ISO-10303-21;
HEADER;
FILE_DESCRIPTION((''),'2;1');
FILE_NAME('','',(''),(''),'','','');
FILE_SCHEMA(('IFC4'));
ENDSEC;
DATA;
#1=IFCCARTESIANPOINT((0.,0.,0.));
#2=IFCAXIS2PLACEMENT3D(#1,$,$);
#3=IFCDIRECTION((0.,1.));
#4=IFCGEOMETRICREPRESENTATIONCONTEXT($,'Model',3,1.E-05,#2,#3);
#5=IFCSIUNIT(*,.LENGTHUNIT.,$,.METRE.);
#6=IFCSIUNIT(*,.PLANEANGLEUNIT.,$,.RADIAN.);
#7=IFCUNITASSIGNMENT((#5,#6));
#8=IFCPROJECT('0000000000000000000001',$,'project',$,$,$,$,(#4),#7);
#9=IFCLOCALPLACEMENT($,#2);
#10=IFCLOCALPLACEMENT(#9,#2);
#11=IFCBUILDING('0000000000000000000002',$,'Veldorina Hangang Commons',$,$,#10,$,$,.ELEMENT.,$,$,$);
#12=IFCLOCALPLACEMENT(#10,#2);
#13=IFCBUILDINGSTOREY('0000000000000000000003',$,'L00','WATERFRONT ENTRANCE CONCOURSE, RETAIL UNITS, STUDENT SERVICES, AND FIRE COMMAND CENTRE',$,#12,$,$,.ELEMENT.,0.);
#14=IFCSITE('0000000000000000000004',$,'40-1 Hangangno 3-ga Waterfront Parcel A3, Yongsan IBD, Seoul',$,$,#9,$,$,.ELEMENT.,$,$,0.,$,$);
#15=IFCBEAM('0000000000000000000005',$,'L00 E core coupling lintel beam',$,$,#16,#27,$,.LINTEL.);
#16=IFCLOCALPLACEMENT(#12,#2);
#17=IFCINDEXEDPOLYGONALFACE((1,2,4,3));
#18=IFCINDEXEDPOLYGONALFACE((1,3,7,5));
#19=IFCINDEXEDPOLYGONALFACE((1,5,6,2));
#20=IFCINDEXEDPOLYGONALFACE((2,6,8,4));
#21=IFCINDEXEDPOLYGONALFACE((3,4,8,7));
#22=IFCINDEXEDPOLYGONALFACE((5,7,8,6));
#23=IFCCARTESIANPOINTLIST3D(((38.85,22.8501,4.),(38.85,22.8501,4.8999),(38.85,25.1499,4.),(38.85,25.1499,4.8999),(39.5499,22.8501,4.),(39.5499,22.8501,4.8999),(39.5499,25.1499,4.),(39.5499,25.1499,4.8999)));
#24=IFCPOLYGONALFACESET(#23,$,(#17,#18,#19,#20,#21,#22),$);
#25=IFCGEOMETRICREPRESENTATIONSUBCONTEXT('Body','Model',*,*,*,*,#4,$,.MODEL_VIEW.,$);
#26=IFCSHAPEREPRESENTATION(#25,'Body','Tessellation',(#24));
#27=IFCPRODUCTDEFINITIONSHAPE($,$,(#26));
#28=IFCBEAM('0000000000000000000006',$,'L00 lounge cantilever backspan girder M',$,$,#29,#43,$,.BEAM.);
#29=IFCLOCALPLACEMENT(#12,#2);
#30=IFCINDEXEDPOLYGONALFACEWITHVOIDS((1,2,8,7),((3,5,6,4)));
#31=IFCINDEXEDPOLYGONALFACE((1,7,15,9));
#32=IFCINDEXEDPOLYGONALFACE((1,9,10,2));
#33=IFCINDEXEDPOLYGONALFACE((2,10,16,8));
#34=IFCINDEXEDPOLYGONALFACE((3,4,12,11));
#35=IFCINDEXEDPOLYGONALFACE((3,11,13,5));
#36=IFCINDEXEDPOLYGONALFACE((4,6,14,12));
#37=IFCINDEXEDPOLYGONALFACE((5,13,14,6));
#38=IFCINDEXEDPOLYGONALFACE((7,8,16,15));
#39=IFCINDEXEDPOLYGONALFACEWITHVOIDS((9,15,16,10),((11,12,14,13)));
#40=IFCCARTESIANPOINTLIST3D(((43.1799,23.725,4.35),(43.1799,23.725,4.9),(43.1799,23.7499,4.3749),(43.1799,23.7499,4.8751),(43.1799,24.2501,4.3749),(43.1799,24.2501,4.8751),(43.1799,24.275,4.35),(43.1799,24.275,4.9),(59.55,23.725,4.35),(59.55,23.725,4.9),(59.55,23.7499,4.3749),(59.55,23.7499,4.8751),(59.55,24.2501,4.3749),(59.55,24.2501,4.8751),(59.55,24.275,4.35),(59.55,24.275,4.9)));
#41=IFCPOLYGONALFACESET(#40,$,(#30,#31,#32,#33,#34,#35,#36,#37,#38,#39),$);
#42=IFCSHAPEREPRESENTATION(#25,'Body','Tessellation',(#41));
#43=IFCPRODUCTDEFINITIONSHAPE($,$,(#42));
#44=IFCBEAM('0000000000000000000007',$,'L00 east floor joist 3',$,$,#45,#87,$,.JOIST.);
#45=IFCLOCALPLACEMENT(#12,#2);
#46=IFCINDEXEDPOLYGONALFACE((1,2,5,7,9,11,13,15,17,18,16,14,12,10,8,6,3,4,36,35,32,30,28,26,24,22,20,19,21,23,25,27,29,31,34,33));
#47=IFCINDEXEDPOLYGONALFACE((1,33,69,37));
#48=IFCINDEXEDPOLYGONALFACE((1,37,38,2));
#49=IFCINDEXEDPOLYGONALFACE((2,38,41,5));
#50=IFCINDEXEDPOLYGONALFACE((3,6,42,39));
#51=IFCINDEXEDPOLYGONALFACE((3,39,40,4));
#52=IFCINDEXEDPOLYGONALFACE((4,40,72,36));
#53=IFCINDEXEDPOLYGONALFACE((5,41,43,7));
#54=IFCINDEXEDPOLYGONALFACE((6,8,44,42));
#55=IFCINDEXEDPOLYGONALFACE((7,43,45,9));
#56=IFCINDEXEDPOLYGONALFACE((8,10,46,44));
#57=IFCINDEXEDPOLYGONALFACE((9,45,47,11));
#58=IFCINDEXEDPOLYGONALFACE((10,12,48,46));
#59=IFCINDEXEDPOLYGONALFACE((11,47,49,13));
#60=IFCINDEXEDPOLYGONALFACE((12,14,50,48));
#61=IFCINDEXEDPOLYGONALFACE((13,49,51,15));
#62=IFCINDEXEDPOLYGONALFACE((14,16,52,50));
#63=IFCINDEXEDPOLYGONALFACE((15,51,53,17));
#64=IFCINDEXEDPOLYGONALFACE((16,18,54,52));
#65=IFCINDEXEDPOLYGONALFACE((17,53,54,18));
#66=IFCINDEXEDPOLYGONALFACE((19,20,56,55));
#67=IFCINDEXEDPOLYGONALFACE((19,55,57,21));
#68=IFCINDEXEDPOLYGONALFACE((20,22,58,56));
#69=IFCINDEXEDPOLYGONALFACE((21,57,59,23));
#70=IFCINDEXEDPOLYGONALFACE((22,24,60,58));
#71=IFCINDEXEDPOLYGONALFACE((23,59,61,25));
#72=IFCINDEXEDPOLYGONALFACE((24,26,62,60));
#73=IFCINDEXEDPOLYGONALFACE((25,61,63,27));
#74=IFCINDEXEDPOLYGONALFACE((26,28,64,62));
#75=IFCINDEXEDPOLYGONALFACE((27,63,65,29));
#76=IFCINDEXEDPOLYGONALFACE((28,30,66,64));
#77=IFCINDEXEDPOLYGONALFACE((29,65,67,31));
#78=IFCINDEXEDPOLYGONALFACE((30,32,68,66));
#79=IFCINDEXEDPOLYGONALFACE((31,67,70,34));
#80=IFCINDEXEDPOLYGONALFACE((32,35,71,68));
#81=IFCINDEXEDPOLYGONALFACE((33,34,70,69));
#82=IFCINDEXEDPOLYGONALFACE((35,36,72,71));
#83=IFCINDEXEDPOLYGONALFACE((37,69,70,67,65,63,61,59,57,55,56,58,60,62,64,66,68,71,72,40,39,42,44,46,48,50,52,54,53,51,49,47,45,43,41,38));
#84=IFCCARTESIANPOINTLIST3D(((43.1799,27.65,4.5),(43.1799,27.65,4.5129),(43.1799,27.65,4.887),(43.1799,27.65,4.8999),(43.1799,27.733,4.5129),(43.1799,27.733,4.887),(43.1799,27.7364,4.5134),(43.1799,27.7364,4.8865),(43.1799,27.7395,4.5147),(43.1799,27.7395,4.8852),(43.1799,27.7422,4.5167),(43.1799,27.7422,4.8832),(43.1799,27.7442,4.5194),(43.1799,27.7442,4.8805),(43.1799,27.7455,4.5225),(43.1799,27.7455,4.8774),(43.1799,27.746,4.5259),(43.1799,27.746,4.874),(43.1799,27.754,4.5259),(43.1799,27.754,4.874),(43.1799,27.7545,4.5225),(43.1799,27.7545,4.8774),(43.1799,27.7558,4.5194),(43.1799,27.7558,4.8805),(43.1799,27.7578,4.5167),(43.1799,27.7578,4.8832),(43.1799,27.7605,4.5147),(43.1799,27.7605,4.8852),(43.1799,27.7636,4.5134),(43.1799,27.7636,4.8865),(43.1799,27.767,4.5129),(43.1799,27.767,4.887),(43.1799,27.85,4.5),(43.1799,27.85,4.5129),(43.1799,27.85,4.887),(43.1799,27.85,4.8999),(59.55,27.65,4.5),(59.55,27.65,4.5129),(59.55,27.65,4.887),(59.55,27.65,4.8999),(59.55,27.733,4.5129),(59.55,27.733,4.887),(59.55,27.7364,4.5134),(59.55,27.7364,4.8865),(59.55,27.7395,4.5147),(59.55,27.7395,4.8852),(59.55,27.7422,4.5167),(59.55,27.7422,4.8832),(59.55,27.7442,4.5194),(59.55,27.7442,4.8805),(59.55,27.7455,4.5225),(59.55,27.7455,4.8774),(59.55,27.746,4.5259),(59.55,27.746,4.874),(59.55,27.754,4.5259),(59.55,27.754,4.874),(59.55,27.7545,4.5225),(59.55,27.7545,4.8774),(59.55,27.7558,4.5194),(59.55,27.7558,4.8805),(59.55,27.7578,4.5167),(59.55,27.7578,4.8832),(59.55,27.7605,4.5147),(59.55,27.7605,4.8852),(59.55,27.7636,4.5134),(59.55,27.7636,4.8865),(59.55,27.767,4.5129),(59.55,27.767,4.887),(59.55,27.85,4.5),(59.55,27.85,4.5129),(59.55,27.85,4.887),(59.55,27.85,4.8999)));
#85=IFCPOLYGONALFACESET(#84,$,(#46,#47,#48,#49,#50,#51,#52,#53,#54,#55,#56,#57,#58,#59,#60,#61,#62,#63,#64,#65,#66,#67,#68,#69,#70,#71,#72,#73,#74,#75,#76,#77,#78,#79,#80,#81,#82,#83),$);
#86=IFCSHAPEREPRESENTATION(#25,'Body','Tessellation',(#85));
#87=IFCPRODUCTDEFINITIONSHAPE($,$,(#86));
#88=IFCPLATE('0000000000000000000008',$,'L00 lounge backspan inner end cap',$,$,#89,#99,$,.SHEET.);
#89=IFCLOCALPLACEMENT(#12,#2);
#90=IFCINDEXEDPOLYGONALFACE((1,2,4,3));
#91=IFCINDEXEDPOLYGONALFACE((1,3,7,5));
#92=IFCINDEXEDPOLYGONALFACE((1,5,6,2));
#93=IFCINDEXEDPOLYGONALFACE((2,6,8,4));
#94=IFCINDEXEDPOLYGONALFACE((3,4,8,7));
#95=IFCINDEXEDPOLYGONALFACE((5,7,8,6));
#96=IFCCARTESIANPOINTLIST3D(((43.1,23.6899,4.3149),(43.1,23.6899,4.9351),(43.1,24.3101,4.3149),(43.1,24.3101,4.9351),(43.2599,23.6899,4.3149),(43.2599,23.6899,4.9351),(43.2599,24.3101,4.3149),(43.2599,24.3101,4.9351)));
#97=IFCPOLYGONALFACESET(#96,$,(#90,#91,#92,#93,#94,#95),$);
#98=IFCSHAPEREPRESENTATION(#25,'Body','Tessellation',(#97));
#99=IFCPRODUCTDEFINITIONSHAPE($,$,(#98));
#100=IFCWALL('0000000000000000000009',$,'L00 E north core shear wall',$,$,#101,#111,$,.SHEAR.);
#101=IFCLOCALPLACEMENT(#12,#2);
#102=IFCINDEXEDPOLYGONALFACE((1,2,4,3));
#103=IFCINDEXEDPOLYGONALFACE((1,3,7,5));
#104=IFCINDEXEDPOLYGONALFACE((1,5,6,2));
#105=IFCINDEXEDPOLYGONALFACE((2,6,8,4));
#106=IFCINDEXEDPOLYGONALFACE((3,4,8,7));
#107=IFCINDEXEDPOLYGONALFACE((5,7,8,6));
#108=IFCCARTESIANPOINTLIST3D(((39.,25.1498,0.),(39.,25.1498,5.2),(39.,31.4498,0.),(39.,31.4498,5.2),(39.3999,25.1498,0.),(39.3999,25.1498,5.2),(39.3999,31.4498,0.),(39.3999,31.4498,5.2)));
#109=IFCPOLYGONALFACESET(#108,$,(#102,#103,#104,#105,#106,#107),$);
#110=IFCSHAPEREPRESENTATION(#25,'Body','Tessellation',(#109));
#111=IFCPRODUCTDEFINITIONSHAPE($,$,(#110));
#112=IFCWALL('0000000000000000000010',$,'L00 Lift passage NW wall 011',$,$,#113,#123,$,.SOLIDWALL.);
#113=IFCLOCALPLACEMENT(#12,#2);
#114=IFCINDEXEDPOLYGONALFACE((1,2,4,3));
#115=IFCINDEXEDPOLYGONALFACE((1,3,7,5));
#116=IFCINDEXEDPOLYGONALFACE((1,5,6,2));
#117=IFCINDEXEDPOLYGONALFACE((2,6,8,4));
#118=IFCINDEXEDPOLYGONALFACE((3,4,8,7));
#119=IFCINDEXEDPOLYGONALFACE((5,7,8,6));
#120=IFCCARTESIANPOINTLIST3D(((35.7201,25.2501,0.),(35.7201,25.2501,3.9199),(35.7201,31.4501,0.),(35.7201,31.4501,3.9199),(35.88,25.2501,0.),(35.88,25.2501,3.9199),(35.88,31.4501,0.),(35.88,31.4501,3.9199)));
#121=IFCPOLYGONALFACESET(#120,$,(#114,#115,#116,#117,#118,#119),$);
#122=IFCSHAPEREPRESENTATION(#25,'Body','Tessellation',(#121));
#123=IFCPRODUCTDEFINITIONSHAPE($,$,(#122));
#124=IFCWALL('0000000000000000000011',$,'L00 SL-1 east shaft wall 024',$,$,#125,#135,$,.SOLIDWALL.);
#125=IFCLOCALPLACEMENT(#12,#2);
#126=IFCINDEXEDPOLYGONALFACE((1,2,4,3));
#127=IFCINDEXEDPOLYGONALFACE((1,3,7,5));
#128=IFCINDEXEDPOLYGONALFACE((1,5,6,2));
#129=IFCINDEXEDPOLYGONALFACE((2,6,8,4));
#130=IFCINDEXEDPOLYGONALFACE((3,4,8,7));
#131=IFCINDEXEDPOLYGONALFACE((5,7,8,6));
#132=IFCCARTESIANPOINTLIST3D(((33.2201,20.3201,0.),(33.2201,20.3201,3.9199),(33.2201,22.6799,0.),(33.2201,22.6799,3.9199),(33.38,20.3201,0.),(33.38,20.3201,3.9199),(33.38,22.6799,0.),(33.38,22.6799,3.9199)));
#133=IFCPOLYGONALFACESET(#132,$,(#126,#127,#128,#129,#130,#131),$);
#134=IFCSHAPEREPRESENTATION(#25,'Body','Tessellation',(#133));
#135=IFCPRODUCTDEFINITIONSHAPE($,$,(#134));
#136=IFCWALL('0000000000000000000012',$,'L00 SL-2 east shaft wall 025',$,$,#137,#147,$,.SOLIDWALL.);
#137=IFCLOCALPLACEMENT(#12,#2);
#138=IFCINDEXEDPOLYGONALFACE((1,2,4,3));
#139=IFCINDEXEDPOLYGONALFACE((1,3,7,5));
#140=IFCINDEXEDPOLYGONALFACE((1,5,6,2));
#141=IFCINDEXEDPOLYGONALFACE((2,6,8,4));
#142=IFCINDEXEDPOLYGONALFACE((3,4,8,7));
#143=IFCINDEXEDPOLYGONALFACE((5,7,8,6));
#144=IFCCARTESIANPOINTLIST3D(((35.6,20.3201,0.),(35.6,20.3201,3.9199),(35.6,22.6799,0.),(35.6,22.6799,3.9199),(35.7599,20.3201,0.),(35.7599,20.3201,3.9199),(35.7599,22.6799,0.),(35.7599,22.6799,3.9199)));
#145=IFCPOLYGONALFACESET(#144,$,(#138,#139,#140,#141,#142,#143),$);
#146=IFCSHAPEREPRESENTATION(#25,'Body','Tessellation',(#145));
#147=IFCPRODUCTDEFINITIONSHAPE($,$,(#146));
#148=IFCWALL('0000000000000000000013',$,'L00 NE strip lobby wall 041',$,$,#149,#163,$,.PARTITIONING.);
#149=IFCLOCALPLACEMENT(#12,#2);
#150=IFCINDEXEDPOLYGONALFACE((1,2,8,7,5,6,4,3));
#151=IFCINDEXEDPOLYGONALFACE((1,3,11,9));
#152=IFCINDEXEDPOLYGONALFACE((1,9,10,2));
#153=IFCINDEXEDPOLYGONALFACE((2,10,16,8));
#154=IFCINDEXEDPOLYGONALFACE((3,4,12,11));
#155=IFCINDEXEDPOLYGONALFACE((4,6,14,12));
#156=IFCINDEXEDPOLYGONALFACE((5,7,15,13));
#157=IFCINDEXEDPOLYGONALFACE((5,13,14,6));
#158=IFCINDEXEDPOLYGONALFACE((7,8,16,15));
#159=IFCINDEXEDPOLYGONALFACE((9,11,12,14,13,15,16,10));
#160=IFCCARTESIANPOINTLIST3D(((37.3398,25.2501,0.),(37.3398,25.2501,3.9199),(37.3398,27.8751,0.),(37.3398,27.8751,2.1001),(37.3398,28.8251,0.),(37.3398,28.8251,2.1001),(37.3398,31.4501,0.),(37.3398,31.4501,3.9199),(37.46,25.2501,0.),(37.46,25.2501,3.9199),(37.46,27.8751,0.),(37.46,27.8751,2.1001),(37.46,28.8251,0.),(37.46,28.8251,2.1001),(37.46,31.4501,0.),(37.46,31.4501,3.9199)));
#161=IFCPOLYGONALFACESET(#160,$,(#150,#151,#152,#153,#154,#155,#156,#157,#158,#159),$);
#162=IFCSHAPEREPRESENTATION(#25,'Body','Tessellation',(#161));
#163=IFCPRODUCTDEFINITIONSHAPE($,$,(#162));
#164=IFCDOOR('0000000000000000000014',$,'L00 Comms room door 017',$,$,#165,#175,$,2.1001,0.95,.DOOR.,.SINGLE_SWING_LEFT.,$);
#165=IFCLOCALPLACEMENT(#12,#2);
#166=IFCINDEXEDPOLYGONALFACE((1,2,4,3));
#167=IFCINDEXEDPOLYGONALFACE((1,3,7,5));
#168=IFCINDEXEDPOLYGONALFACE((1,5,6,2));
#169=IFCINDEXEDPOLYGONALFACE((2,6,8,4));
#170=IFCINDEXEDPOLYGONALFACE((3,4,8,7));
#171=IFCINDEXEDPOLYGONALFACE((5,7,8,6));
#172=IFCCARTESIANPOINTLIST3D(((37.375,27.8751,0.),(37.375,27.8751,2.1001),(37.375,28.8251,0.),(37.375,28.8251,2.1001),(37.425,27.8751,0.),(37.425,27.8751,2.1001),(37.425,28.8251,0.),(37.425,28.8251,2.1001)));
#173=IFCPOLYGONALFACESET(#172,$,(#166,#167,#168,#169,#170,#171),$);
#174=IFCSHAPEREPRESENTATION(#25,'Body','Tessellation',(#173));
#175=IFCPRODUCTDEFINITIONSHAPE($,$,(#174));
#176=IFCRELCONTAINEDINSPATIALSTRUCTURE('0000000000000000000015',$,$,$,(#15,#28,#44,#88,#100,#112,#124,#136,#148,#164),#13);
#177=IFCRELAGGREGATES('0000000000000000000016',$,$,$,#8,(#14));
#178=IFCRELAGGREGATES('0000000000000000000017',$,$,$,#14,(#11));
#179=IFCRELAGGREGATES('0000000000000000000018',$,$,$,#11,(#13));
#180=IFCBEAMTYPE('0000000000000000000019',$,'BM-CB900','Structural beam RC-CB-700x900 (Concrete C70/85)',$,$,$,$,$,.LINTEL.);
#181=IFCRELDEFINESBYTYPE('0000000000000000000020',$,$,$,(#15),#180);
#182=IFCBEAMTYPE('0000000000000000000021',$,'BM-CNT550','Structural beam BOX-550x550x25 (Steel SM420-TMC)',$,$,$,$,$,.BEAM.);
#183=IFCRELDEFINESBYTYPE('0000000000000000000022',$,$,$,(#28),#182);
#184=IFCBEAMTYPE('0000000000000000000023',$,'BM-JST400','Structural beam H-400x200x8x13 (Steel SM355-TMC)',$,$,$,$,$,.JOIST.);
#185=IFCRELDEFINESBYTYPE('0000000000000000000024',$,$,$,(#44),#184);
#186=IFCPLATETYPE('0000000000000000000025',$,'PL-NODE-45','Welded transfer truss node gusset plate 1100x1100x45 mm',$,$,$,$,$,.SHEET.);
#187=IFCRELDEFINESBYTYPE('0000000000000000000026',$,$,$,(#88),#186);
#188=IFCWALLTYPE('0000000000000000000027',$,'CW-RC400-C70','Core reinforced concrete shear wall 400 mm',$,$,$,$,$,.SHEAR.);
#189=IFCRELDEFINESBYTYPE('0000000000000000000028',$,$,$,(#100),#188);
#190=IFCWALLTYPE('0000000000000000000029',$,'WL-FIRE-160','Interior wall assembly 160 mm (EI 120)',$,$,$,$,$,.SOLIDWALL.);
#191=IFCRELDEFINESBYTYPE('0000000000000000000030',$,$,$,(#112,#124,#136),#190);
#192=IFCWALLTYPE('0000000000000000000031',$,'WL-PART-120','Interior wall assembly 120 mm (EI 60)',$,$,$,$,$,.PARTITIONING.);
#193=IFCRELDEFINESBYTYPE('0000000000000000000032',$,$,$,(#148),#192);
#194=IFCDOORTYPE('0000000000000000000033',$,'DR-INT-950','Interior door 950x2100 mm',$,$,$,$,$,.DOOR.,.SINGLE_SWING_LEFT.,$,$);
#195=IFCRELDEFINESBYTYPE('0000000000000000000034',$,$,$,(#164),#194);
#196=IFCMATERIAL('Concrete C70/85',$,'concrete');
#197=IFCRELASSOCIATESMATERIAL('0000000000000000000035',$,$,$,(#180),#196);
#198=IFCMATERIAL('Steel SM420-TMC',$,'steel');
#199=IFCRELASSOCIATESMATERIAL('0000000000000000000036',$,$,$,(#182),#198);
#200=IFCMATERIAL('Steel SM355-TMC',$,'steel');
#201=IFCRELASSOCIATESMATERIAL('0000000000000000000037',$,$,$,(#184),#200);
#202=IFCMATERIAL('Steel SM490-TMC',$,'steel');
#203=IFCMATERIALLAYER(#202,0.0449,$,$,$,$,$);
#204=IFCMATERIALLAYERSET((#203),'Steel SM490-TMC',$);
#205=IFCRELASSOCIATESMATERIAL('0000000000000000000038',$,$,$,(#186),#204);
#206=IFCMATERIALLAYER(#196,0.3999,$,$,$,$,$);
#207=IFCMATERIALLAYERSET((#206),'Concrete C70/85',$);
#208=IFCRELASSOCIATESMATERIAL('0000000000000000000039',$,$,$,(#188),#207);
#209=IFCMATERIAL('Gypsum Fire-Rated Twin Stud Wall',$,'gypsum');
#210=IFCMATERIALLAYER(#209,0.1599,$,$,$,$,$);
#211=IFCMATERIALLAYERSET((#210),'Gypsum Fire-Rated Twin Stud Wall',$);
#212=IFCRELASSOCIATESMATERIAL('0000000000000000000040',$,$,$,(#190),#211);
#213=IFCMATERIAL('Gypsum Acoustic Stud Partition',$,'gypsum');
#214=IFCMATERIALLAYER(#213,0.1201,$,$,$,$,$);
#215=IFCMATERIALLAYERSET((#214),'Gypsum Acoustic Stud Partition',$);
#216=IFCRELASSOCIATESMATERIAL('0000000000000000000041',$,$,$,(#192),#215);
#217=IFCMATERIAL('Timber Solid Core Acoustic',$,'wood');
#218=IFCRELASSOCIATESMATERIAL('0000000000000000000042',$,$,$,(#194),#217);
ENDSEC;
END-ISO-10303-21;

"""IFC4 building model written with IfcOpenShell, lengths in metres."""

from ifc_helpers import new_model, si_unit, direction, frame, frame_2d, origin, origin_2d, place, context, subcontext, project, spatial, rectangle, hollow_rectangle, i_section, extrude, material, layer, layer_set, material_profile, profile_set, type_object, element, fill, save


model = new_model("IFC4")

# Units and contexts
model_context = context("Model", 3, precision=1e-05, world=origin(), true_north=direction((0.0, 1.0)))
body_context = subcontext(model_context, "Body", "Model", "MODEL_VIEW")
ifc_project = project(units=[si_unit("LENGTHUNIT", "METRE"), si_unit("PLANEANGLEUNIT", "RADIAN")], contexts=[model_context])

# Site, building, storey
site_placement = place(None, origin())
site = spatial("IfcSite", under=ifc_project, at=site_placement, Name="40-1 Hangangno 3-ga Waterfront Parcel A3, Yongsan IBD, Seoul", CompositionType="ELEMENT", RefElevation=0.0)
building_placement = place(site_placement, origin())
building = spatial("IfcBuilding", under=site, at=building_placement, Name="Veldorina Hangang Commons", CompositionType="ELEMENT")
storey_placement = place(building_placement, origin())
storey = spatial("IfcBuildingStorey", under=building, at=storey_placement, Name="L00", Description="WATERFRONT ENTRANCE CONCOURSE, RETAIL UNITS, STUDENT SERVICES, AND FIRE COMMAND CENTRE", CompositionType="ELEMENT", Elevation=0.0)

# Beams
ifc_material_1 = material(Name="Concrete C70/85", Category="concrete")
ifc_material_profile_1 = material_profile(ifc_material_1, rectangle(XDim=0.7, YDim=0.8999, at=origin_2d()), Name="RC-CB-700x900")
ifc_profile_set_1 = profile_set([ifc_material_profile_1], Name="Concrete C70/85")
beam_type_1 = type_object("IfcBeamType", Name="BM-CB900", Description="Structural beam RC-CB-700x900 (Concrete C70/85)", PredefinedType="LINTEL", material=ifc_profile_set_1)
beam_1_placement = place(storey_placement, frame((39.2, 22.8501, 4.45), z_axis=(0.0, 1.0, 0.0), x_axis=(-1.0, 0.0, 0.0)))
element("IfcBeam", 1, at=beam_1_placement, inside=storey, type_object=beam_type_1, Name="L00 E core coupling lintel beam", PredefinedType="LINTEL", context=body_context, shape_type="SweptSolid", body=[
    extrude(rectangle(XDim=0.7, YDim=0.8999, at=origin_2d()), origin(), (0.0, 0.0, 1.0), 2.2998),
])
ifc_material_2 = material(Name="Steel SM420-TMC", Category="steel")
ifc_material_profile_2 = material_profile(ifc_material_2, hollow_rectangle(XDim=0.55, YDim=0.55, WallThickness=0.0249, at=origin_2d()), Name="BOX-550x550x25")
ifc_profile_set_2 = profile_set([ifc_material_profile_2], Name="Steel SM420-TMC")
beam_type_2 = type_object("IfcBeamType", Name="BM-CNT550", Description="Structural beam BOX-550x550x25 (Steel SM420-TMC)", PredefinedType="BEAM", material=ifc_profile_set_2)
beam_2_placement = place(storey_placement, frame((43.1799, 24.0, 4.625), z_axis=(1.0, 0.0, 0.0), x_axis=(0.0, 1.0, 0.0)))
element("IfcBeam", 2, at=beam_2_placement, inside=storey, type_object=beam_type_2, Name="L00 lounge cantilever backspan girder M", PredefinedType="BEAM", context=body_context, shape_type="SweptSolid", body=[
    extrude(hollow_rectangle(XDim=0.55, YDim=0.55, WallThickness=0.0249, at=origin_2d()), origin(), (0.0, 0.0, 1.0), 16.3701),
])
ifc_material_3 = material(Name="Steel SM355-TMC", Category="steel")
ifc_material_profile_3 = material_profile(ifc_material_3, i_section(OverallWidth=0.2, OverallDepth=0.3999, WebThickness=0.0081, FlangeThickness=0.0129, FilletRadius=0.0129, at=origin_2d()), Name="H-400x200x8x13")
ifc_profile_set_3 = profile_set([ifc_material_profile_3], Name="Steel SM355-TMC")
beam_type_3 = type_object("IfcBeamType", Name="BM-JST400", Description="Structural beam H-400x200x8x13 (Steel SM355-TMC)", PredefinedType="JOIST", material=ifc_profile_set_3)
beam_3_placement = place(storey_placement, frame((43.1799, 27.75, 4.7), z_axis=(1.0, 0.0, 0.0), x_axis=(0.0, 1.0, 0.0)))
element("IfcBeam", 3, at=beam_3_placement, inside=storey, type_object=beam_type_3, Name="L00 east floor joist 3", PredefinedType="JOIST", context=body_context, shape_type="SweptSolid", body=[
    extrude(i_section(OverallWidth=0.2, OverallDepth=0.3999, WebThickness=0.0081, FlangeThickness=0.0129, FilletRadius=0.0129, at=origin_2d()), origin(), (0.0, 0.0, 1.0), 16.3701),
])

# Plate
ifc_material_4 = material(Name="Steel SM490-TMC", Category="steel")
ifc_layer_1 = layer(ifc_material_4, 0.0449)
ifc_layer_set_1 = layer_set([ifc_layer_1], Name="Steel SM490-TMC")
plate_type = type_object("IfcPlateType", Name="PL-NODE-45", Description="Welded transfer truss node gusset plate 1100x1100x45 mm", PredefinedType="SHEET", material=ifc_layer_set_1)
plate_placement = place(storey_placement, frame((43.1799, 24.0, 4.3149), z_axis=(0.0, 0.0, 1.0), x_axis=(1.0, 0.0, 0.0)))
element("IfcPlate", 4, at=plate_placement, inside=storey, type_object=plate_type, Name="L00 lounge backspan inner end cap", PredefinedType="SHEET", context=body_context, shape_type="SweptSolid", body=[
    extrude(rectangle(XDim=0.1599, YDim=0.6201, at=origin_2d()), origin(), (0.0, 0.0, 1.0), 0.6201),
])

# Walls
ifc_layer_2 = layer(ifc_material_1, 0.3999)
ifc_layer_set_2 = layer_set([ifc_layer_2], Name="Concrete C70/85")
wall_type_1 = type_object("IfcWallType", Name="CW-RC400-C70", Description="Core reinforced concrete shear wall 400 mm", PredefinedType="SHEAR", material=ifc_layer_set_2)
wall_1_placement = place(storey_placement, frame((39.2, 25.1499, 0.0), z_axis=(0.0, 0.0, 1.0), x_axis=(0.0, 1.0, 0.0)))
element("IfcWall", 5, at=wall_1_placement, inside=storey, type_object=wall_type_1, Name="L00 E north core shear wall", PredefinedType="SHEAR", context=body_context, shape_type="SweptSolid", body=[
    extrude(rectangle(XDim=6.3, YDim=0.3999, at=frame_2d((3.1499, 0.0))), origin(), (0.0, 0.0, 1.0), 5.2),
])
ifc_material_5 = material(Name="Gypsum Fire-Rated Twin Stud Wall", Category="gypsum")
ifc_layer_3 = layer(ifc_material_5, 0.1599)
ifc_layer_set_3 = layer_set([ifc_layer_3], Name="Gypsum Fire-Rated Twin Stud Wall")
wall_type_2 = type_object("IfcWallType", Name="WL-FIRE-160", Description="Interior wall assembly 160 mm (EI 120)", PredefinedType="SOLIDWALL", material=ifc_layer_set_3)
wall_2_placement = place(storey_placement, frame((35.8, 25.25, 0.0), z_axis=(0.0, 0.0, 1.0), x_axis=(0.0, 1.0, 0.0)))
element("IfcWall", 6, at=wall_2_placement, inside=storey, type_object=wall_type_2, Name="L00 Lift passage NW wall 011", PredefinedType="SOLIDWALL", context=body_context, shape_type="SweptSolid", body=[
    extrude(rectangle(XDim=6.2, YDim=0.1599, at=frame_2d((3.1001, 0.0))), origin(), (0.0, 0.0, 1.0), 3.9199),
])
for number, where, z_axis, x_axis, name in (
    (7, (33.3, 20.3201, 0.0), (0.0, 0.0, 1.0), (0.0, 1.0, 0.0), "L00 SL-1 east shaft wall 024"),
    (8, (35.6799, 20.3201, 0.0), (0.0, 0.0, 1.0), (0.0, 1.0, 0.0), "L00 SL-2 east shaft wall 025"),
):
    element("IfcWall", number, at=place(storey_placement, frame(where, z_axis=z_axis, x_axis=x_axis)), inside=storey, type_object=wall_type_2, Name=name, PredefinedType="SOLIDWALL", context=body_context, shape_type="SweptSolid", body=[
        extrude(rectangle(XDim=2.3599, YDim=0.1599, at=frame_2d((1.1799, 0.0))), origin(), (0.0, 0.0, 1.0), 3.9199),
    ])

# Wall, opening, door
ifc_material_6 = material(Name="Gypsum Acoustic Stud Partition", Category="gypsum")
ifc_layer_4 = layer(ifc_material_6, 0.1201)
ifc_layer_set_4 = layer_set([ifc_layer_4], Name="Gypsum Acoustic Stud Partition")
wall_type_3 = type_object("IfcWallType", Name="WL-PART-120", Description="Interior wall assembly 120 mm (EI 60)", PredefinedType="PARTITIONING", material=ifc_layer_set_4)
wall_3_placement = place(storey_placement, frame((37.3999, 25.25, 0.0), z_axis=(0.0, 0.0, 1.0), x_axis=(0.0, 1.0, 0.0)))
wall_3 = element("IfcWall", 9, at=wall_3_placement, inside=storey, type_object=wall_type_3, Name="L00 NE strip lobby wall 041", PredefinedType="PARTITIONING", context=body_context, shape_type="SweptSolid", body=[
    extrude(rectangle(XDim=6.2, YDim=0.1201, at=frame_2d((3.1001, 0.0))), origin(), (0.0, 0.0, 1.0), 3.9199),
])
opening_placement = place(wall_3_placement, frame((2.625, 0.0, 0.0)))
opening = element("IfcOpeningElement", 10, at=opening_placement, cuts=wall_3, PredefinedType="OPENING", context=body_context, shape_type="SweptSolid", body=[
    extrude(rectangle(XDim=0.95, YDim=2.1001, at=frame_2d((0.4751, 1.05))), frame((0.0, 0.0701, 0.0), z_axis=(0.0, -1.0, 0.0), x_axis=(1.0, 0.0, 0.0)), (0.0, 0.0, 1.0), 0.1401),
])
ifc_material_7 = material(Name="Timber Solid Core Acoustic", Category="wood")
door_type = type_object("IfcDoorType", Name="DR-INT-950", Description="Interior door 950x2100 mm", OperationType="SINGLE_SWING_LEFT", PredefinedType="DOOR", material=ifc_material_7)
door_placement = place(opening_placement, origin())
door = element("IfcDoor", 11, at=door_placement, inside=storey, type_object=door_type, Name="L00 Comms room door 017", OperationType="SINGLE_SWING_LEFT", OverallHeight=2.1001, OverallWidth=0.95, PredefinedType="DOOR", context=body_context, shape_type="SweptSolid", body=[
    extrude(rectangle(XDim=0.95, YDim=2.1001, at=frame_2d((0.4751, 1.05))), frame((0.0, 0.0249, 0.0), z_axis=(0.0, -1.0, 0.0), x_axis=(1.0, 0.0, 0.0)), (0.0, 0.0, 1.0), 0.05),
])
fill(opening, door)

save(model, "model.ifc")
